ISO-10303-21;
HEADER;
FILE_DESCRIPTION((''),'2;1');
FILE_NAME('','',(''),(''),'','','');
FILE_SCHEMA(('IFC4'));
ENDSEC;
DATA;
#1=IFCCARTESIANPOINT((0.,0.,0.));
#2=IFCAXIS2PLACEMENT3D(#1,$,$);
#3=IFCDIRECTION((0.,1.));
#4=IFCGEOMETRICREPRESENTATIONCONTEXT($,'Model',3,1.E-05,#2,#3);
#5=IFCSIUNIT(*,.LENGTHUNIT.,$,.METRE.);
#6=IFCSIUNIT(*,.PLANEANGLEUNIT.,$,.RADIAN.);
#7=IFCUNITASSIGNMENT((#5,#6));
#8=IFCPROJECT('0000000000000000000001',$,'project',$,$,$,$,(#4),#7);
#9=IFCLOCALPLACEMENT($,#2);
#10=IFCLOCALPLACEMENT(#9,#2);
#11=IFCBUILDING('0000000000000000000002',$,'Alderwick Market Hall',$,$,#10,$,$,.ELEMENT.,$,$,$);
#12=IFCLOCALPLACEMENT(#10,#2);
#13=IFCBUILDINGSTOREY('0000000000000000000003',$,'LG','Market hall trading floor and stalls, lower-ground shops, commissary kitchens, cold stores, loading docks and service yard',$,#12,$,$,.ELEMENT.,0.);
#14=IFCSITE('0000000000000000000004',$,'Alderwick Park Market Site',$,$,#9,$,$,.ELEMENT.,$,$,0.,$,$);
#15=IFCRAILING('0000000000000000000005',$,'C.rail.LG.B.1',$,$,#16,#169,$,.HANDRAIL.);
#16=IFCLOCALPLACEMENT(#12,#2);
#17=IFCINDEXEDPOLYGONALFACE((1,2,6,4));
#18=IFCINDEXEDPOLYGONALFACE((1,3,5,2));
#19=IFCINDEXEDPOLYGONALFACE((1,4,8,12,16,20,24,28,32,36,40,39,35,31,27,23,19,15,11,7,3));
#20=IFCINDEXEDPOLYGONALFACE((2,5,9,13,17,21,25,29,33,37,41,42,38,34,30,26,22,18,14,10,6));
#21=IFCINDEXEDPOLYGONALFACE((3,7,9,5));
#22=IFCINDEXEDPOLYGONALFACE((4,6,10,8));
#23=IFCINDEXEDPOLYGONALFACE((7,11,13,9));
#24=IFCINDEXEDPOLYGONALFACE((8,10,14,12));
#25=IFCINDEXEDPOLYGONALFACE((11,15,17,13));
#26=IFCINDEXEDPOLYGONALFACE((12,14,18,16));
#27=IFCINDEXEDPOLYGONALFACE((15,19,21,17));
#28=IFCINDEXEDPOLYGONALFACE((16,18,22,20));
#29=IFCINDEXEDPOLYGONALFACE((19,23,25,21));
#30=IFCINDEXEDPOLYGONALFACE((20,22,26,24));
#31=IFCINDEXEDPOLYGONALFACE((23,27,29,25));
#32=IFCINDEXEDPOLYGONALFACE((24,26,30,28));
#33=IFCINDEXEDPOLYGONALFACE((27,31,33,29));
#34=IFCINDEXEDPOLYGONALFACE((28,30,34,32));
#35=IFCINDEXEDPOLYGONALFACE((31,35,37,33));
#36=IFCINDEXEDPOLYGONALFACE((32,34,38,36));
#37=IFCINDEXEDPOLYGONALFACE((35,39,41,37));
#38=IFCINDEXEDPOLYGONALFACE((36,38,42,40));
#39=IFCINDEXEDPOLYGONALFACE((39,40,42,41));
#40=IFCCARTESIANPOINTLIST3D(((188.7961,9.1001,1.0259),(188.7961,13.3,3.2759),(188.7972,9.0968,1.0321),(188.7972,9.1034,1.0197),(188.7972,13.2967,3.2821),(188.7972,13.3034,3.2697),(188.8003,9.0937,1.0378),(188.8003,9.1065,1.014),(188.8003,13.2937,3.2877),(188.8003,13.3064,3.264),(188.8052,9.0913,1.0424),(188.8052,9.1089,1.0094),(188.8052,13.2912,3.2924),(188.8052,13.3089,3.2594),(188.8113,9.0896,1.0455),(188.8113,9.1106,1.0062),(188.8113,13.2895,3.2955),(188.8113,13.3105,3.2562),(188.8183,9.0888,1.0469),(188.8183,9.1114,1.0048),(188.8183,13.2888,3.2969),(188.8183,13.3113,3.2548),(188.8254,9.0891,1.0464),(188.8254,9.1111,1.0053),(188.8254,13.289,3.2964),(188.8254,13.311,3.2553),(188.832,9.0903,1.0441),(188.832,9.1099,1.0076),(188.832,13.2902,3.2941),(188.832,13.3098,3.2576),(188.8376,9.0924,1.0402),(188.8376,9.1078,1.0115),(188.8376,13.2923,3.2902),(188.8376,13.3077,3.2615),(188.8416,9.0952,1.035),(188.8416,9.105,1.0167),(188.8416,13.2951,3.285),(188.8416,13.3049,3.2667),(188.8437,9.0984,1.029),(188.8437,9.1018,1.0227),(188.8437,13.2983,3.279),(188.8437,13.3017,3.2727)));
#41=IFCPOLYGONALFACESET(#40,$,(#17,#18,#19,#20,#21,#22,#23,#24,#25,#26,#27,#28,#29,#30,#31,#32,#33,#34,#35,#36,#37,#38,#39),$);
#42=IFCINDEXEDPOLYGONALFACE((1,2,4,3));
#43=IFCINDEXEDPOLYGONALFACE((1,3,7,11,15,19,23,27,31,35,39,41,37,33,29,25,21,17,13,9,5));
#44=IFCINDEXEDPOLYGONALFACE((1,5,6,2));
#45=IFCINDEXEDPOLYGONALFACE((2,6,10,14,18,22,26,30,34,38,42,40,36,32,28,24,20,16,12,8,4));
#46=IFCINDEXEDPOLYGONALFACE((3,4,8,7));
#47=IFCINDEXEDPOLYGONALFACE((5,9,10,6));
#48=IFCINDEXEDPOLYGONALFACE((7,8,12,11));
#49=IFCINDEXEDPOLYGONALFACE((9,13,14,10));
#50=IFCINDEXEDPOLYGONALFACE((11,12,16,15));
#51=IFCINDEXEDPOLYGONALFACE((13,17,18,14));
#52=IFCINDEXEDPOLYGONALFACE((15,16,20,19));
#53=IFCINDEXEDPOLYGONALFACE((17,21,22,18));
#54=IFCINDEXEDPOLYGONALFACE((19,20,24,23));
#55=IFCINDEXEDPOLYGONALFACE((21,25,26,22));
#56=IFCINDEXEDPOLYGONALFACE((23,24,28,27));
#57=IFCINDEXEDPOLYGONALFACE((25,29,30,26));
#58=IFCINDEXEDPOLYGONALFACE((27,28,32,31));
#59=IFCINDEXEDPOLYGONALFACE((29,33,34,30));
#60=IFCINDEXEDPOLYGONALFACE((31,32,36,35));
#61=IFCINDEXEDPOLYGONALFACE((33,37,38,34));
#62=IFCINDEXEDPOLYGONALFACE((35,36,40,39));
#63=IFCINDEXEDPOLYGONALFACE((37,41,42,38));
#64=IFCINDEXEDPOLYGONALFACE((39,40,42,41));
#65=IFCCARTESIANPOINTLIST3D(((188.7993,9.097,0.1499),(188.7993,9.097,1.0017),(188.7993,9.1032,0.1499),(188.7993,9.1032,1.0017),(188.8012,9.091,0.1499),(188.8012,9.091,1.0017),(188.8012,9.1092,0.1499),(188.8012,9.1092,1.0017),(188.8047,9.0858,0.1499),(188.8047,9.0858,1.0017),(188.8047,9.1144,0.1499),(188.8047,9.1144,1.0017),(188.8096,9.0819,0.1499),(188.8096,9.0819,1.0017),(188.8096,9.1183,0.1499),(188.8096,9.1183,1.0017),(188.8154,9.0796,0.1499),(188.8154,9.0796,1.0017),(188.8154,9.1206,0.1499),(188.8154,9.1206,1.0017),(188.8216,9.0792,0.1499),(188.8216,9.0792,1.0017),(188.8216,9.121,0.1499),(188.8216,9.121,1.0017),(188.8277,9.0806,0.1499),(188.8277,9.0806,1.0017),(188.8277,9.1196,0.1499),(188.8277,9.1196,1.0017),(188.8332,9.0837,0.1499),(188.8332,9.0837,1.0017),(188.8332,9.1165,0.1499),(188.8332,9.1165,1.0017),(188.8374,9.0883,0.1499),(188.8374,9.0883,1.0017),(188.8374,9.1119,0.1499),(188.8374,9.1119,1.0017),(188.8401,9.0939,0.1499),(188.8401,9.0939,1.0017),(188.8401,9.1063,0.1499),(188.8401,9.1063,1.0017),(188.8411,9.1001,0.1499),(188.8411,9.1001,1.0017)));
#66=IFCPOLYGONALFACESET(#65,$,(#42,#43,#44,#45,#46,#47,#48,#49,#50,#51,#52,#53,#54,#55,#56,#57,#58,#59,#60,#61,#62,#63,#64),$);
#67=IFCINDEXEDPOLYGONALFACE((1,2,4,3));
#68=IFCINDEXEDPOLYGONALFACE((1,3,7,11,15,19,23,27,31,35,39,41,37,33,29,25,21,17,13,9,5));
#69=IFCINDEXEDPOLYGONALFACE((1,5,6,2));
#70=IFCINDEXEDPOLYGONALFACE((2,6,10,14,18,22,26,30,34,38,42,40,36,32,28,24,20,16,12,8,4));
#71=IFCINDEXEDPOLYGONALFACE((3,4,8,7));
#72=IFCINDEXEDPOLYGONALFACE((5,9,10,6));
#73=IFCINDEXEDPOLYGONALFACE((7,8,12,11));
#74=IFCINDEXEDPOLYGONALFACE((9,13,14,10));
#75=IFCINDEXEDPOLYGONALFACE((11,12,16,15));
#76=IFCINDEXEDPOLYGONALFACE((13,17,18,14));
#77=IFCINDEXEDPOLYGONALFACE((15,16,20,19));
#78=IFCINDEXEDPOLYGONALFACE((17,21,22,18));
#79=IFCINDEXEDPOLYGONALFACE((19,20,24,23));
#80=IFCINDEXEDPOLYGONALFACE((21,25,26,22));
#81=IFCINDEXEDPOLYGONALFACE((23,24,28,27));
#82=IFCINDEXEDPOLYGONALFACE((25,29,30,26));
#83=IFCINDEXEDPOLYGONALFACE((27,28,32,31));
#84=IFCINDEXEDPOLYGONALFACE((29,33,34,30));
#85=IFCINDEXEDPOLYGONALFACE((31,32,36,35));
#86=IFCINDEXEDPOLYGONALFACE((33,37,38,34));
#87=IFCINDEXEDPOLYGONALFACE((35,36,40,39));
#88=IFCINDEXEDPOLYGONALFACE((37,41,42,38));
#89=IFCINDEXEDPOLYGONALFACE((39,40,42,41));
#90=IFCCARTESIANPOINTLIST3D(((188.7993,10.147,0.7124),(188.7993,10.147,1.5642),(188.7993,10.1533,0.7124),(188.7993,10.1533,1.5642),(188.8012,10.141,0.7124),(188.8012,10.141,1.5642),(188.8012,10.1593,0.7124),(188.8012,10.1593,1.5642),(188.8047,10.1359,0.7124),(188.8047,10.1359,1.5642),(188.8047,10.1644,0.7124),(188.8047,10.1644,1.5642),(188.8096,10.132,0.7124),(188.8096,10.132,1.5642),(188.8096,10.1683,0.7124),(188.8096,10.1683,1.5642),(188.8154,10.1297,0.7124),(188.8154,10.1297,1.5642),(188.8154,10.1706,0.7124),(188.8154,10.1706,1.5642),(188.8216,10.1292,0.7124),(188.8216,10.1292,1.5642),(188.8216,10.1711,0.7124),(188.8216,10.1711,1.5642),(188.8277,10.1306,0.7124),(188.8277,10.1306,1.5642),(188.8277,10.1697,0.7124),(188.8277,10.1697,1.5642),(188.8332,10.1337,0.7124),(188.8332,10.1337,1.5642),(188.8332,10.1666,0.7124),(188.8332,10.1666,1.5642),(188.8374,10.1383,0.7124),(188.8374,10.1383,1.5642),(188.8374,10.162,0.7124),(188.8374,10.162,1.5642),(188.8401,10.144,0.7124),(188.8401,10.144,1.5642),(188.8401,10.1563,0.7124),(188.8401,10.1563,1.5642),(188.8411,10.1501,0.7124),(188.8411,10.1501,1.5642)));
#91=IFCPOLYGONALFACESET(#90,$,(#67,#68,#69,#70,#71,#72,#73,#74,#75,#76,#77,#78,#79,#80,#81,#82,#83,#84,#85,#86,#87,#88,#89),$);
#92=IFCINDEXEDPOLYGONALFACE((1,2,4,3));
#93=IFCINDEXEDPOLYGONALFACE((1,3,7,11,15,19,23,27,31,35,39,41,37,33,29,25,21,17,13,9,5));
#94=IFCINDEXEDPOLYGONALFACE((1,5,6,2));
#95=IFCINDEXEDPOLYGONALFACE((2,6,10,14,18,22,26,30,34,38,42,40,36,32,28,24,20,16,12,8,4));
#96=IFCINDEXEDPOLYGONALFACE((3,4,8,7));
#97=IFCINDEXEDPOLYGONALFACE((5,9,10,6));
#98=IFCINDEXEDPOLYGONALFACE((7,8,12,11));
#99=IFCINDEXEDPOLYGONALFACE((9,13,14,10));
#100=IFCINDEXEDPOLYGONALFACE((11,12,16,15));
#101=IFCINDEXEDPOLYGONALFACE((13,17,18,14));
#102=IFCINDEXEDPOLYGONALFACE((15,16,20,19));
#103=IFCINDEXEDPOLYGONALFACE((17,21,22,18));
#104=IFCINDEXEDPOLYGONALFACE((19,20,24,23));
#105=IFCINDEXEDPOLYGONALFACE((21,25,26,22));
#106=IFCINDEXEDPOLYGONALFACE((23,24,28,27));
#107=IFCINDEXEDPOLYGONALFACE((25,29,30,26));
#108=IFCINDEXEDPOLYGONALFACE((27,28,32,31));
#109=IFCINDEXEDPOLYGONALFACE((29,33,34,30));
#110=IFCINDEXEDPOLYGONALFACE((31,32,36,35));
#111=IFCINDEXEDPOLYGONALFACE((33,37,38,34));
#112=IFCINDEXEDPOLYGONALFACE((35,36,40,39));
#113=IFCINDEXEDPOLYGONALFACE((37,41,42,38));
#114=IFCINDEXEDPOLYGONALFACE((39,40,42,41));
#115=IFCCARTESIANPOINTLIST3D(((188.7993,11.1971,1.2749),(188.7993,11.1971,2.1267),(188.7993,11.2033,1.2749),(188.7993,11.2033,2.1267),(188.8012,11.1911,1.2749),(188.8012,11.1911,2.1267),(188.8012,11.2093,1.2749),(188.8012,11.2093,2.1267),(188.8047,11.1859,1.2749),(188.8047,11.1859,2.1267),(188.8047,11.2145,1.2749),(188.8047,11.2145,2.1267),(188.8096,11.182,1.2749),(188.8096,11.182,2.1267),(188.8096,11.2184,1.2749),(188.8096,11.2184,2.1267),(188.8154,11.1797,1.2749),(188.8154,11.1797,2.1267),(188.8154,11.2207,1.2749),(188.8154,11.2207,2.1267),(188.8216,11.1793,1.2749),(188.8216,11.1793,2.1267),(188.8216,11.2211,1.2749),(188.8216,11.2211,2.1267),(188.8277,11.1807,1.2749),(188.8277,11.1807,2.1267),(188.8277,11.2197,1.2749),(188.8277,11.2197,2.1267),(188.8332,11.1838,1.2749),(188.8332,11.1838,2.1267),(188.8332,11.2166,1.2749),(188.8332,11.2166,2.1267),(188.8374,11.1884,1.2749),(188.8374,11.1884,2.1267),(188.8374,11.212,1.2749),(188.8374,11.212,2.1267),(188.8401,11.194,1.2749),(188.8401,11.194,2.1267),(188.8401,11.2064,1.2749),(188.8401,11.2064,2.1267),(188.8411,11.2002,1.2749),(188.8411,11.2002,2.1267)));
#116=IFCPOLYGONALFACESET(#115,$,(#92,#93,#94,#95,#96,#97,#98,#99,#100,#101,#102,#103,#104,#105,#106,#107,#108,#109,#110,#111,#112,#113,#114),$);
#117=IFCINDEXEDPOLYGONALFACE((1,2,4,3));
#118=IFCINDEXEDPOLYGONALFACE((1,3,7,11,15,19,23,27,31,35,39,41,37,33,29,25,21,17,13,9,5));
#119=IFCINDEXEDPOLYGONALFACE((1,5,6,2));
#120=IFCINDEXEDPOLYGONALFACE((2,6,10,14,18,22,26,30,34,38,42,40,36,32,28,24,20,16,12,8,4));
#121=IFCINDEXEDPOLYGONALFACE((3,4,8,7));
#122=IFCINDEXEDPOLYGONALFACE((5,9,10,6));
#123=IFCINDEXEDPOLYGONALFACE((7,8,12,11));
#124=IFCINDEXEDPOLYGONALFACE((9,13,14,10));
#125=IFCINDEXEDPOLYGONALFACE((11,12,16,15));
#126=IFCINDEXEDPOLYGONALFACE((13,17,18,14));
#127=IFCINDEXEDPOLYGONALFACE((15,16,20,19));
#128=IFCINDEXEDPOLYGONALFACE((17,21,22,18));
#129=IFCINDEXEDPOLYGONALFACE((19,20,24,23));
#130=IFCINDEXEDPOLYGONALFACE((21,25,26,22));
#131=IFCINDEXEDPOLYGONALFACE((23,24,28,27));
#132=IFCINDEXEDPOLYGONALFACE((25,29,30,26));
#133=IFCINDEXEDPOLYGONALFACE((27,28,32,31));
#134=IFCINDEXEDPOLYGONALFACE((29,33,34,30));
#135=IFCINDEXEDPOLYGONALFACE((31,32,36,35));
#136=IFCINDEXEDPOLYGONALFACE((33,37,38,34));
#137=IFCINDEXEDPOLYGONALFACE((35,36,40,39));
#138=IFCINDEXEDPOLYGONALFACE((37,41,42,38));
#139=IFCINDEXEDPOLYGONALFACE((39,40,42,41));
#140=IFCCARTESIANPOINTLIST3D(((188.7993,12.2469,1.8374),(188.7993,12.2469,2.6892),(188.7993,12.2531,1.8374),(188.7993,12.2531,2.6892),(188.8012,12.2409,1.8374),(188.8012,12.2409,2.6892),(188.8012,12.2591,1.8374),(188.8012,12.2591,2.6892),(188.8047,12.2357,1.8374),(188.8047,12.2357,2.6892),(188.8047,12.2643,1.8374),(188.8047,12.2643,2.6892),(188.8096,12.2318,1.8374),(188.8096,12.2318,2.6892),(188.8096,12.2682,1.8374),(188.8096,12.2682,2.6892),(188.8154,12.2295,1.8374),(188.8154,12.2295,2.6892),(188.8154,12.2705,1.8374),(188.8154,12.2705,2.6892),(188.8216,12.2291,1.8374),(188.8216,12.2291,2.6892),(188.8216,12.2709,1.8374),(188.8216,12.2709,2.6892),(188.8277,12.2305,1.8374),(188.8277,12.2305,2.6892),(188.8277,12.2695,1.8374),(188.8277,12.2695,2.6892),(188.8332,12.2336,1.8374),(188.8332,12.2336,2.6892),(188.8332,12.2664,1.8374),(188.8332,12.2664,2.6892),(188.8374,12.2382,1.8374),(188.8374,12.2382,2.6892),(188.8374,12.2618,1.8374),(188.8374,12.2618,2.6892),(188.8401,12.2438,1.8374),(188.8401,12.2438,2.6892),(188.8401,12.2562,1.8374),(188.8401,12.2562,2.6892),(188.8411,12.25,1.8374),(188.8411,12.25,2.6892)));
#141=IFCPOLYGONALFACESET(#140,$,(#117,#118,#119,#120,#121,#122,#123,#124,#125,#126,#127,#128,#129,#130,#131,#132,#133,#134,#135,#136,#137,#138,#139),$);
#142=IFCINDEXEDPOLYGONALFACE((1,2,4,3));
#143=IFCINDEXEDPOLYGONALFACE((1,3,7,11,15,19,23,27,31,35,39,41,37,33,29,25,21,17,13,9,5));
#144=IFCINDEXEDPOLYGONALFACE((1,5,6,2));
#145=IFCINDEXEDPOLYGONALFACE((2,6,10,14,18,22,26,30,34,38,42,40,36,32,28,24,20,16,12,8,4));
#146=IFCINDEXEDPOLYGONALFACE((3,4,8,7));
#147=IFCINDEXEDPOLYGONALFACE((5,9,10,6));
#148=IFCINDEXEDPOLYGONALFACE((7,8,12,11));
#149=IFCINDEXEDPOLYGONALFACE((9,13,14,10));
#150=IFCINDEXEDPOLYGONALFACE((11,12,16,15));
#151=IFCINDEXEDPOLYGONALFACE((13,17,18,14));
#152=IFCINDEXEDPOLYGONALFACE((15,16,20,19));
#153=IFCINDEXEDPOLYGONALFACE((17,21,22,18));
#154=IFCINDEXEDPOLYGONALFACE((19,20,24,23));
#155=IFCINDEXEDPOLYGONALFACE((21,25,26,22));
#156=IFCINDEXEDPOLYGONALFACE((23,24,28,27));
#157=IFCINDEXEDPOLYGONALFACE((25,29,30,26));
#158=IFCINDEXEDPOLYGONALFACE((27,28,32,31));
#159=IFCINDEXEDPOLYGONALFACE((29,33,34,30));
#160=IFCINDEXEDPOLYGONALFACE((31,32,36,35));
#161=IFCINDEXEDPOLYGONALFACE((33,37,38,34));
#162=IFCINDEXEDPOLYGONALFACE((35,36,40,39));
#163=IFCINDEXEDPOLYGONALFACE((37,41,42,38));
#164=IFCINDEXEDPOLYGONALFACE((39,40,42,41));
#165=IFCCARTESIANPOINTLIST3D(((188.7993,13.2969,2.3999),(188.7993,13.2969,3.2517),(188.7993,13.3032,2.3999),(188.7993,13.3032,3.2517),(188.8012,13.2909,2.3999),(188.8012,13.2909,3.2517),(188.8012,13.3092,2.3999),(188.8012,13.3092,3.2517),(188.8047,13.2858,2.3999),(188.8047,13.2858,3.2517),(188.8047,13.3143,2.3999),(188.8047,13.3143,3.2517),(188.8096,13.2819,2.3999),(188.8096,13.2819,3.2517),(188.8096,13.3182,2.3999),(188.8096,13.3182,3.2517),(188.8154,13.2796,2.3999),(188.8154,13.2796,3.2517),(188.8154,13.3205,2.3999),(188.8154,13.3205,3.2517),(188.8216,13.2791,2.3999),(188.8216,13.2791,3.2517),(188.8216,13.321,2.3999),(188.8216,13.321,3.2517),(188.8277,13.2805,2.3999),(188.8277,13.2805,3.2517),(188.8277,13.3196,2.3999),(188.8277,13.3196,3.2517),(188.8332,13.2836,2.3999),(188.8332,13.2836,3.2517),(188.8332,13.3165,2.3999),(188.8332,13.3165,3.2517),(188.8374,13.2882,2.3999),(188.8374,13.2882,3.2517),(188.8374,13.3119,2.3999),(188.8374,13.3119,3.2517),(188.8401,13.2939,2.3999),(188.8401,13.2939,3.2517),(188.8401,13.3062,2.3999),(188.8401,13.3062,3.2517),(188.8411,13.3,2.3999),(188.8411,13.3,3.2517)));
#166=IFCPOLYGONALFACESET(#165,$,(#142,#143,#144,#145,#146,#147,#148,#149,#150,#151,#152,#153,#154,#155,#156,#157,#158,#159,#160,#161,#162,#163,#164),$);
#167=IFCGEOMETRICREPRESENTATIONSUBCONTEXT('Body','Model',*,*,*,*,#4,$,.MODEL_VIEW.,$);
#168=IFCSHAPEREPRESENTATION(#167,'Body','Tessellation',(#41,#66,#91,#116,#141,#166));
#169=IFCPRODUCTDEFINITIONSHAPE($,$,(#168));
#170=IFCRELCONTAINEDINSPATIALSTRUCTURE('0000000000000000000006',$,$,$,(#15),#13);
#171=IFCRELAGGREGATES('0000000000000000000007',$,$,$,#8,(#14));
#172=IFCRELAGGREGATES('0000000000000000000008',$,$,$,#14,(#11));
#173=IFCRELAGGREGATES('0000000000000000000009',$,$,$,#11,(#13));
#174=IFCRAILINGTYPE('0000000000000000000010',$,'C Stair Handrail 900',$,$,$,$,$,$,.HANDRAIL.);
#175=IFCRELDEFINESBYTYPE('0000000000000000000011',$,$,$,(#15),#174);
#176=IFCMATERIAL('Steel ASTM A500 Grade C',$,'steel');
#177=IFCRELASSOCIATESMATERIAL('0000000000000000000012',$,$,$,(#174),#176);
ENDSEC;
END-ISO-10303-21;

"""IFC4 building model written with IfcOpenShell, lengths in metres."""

from ifc_helpers import new_model, si_unit, direction, frame, origin, origin_2d, place, context, subcontext, project, spatial, circle, extrude, material, type_object, element, save


model = new_model("IFC4")

# Units and contexts
model_context = context("Model", 3, precision=1e-05, world=origin(), true_north=direction((0.0, 1.0)))
body_context = subcontext(model_context, "Body", "Model", "MODEL_VIEW")
ifc_project = project(units=[si_unit("LENGTHUNIT", "METRE"), si_unit("PLANEANGLEUNIT", "RADIAN")], contexts=[model_context])

# Site, building, storey
site_placement = place(None, origin())
site = spatial("IfcSite", under=ifc_project, at=site_placement, Name="Alderwick Park Market Site", CompositionType="ELEMENT", RefElevation=0.0)
building_placement = place(site_placement, origin())
building = spatial("IfcBuilding", under=site, at=building_placement, Name="Alderwick Market Hall", CompositionType="ELEMENT")
storey_placement = place(building_placement, origin())
storey = spatial("IfcBuildingStorey", under=building, at=storey_placement, Name="LG", Description="Market hall trading floor and stalls, lower-ground shops, commissary kitchens, cold stores, loading docks and service yard", CompositionType="ELEMENT", Elevation=0.0)

# Railing
ifc_material_1 = material(Name="Steel ASTM A500 Grade C", Category="steel")
railing_type = type_object("IfcRailingType", Name="C Stair Handrail 900", PredefinedType="HANDRAIL", material=ifc_material_1)
for number, where, name in (
    (1, (188.8201, 9.1001, 0.1499), "C.rail.LG.B.1"),
):
    element("IfcRailing", number, at=place(storey_placement, frame(where)), inside=storey, type_object=railing_type, Name=name, PredefinedType="HANDRAIL", context=body_context, shape_type="SweptSolid", body=[
        extrude(circle(Radius=0.0239, at=origin_2d()), frame((0.0, 0.0, 0.876), z_axis=(0.0, 0.881478, 0.472226), x_axis=(-1.0, 0.0, 0.0)), (0.0, 0.0, 1.0), 4.7646),
        extrude(circle(Radius=0.021, at=origin_2d()), origin(), (0.0, 0.0, 1.0), 0.8518),
        extrude(circle(Radius=0.021, at=origin_2d()), frame((0.0, 1.05, 0.5625)), (0.0, 0.0, 1.0), 0.8518),
        extrude(circle(Radius=0.021, at=origin_2d()), frame((0.0, 2.1001, 1.125)), (0.0, 0.0, 1.0), 0.8518),
        extrude(circle(Radius=0.021, at=origin_2d()), frame((0.0, 3.1499, 1.6875)), (0.0, 0.0, 1.0), 0.8518),
        extrude(circle(Radius=0.021, at=origin_2d()), frame((0.0, 4.2, 2.25)), (0.0, 0.0, 1.0), 0.8518),
    ])

save(model, "model.ifc")
